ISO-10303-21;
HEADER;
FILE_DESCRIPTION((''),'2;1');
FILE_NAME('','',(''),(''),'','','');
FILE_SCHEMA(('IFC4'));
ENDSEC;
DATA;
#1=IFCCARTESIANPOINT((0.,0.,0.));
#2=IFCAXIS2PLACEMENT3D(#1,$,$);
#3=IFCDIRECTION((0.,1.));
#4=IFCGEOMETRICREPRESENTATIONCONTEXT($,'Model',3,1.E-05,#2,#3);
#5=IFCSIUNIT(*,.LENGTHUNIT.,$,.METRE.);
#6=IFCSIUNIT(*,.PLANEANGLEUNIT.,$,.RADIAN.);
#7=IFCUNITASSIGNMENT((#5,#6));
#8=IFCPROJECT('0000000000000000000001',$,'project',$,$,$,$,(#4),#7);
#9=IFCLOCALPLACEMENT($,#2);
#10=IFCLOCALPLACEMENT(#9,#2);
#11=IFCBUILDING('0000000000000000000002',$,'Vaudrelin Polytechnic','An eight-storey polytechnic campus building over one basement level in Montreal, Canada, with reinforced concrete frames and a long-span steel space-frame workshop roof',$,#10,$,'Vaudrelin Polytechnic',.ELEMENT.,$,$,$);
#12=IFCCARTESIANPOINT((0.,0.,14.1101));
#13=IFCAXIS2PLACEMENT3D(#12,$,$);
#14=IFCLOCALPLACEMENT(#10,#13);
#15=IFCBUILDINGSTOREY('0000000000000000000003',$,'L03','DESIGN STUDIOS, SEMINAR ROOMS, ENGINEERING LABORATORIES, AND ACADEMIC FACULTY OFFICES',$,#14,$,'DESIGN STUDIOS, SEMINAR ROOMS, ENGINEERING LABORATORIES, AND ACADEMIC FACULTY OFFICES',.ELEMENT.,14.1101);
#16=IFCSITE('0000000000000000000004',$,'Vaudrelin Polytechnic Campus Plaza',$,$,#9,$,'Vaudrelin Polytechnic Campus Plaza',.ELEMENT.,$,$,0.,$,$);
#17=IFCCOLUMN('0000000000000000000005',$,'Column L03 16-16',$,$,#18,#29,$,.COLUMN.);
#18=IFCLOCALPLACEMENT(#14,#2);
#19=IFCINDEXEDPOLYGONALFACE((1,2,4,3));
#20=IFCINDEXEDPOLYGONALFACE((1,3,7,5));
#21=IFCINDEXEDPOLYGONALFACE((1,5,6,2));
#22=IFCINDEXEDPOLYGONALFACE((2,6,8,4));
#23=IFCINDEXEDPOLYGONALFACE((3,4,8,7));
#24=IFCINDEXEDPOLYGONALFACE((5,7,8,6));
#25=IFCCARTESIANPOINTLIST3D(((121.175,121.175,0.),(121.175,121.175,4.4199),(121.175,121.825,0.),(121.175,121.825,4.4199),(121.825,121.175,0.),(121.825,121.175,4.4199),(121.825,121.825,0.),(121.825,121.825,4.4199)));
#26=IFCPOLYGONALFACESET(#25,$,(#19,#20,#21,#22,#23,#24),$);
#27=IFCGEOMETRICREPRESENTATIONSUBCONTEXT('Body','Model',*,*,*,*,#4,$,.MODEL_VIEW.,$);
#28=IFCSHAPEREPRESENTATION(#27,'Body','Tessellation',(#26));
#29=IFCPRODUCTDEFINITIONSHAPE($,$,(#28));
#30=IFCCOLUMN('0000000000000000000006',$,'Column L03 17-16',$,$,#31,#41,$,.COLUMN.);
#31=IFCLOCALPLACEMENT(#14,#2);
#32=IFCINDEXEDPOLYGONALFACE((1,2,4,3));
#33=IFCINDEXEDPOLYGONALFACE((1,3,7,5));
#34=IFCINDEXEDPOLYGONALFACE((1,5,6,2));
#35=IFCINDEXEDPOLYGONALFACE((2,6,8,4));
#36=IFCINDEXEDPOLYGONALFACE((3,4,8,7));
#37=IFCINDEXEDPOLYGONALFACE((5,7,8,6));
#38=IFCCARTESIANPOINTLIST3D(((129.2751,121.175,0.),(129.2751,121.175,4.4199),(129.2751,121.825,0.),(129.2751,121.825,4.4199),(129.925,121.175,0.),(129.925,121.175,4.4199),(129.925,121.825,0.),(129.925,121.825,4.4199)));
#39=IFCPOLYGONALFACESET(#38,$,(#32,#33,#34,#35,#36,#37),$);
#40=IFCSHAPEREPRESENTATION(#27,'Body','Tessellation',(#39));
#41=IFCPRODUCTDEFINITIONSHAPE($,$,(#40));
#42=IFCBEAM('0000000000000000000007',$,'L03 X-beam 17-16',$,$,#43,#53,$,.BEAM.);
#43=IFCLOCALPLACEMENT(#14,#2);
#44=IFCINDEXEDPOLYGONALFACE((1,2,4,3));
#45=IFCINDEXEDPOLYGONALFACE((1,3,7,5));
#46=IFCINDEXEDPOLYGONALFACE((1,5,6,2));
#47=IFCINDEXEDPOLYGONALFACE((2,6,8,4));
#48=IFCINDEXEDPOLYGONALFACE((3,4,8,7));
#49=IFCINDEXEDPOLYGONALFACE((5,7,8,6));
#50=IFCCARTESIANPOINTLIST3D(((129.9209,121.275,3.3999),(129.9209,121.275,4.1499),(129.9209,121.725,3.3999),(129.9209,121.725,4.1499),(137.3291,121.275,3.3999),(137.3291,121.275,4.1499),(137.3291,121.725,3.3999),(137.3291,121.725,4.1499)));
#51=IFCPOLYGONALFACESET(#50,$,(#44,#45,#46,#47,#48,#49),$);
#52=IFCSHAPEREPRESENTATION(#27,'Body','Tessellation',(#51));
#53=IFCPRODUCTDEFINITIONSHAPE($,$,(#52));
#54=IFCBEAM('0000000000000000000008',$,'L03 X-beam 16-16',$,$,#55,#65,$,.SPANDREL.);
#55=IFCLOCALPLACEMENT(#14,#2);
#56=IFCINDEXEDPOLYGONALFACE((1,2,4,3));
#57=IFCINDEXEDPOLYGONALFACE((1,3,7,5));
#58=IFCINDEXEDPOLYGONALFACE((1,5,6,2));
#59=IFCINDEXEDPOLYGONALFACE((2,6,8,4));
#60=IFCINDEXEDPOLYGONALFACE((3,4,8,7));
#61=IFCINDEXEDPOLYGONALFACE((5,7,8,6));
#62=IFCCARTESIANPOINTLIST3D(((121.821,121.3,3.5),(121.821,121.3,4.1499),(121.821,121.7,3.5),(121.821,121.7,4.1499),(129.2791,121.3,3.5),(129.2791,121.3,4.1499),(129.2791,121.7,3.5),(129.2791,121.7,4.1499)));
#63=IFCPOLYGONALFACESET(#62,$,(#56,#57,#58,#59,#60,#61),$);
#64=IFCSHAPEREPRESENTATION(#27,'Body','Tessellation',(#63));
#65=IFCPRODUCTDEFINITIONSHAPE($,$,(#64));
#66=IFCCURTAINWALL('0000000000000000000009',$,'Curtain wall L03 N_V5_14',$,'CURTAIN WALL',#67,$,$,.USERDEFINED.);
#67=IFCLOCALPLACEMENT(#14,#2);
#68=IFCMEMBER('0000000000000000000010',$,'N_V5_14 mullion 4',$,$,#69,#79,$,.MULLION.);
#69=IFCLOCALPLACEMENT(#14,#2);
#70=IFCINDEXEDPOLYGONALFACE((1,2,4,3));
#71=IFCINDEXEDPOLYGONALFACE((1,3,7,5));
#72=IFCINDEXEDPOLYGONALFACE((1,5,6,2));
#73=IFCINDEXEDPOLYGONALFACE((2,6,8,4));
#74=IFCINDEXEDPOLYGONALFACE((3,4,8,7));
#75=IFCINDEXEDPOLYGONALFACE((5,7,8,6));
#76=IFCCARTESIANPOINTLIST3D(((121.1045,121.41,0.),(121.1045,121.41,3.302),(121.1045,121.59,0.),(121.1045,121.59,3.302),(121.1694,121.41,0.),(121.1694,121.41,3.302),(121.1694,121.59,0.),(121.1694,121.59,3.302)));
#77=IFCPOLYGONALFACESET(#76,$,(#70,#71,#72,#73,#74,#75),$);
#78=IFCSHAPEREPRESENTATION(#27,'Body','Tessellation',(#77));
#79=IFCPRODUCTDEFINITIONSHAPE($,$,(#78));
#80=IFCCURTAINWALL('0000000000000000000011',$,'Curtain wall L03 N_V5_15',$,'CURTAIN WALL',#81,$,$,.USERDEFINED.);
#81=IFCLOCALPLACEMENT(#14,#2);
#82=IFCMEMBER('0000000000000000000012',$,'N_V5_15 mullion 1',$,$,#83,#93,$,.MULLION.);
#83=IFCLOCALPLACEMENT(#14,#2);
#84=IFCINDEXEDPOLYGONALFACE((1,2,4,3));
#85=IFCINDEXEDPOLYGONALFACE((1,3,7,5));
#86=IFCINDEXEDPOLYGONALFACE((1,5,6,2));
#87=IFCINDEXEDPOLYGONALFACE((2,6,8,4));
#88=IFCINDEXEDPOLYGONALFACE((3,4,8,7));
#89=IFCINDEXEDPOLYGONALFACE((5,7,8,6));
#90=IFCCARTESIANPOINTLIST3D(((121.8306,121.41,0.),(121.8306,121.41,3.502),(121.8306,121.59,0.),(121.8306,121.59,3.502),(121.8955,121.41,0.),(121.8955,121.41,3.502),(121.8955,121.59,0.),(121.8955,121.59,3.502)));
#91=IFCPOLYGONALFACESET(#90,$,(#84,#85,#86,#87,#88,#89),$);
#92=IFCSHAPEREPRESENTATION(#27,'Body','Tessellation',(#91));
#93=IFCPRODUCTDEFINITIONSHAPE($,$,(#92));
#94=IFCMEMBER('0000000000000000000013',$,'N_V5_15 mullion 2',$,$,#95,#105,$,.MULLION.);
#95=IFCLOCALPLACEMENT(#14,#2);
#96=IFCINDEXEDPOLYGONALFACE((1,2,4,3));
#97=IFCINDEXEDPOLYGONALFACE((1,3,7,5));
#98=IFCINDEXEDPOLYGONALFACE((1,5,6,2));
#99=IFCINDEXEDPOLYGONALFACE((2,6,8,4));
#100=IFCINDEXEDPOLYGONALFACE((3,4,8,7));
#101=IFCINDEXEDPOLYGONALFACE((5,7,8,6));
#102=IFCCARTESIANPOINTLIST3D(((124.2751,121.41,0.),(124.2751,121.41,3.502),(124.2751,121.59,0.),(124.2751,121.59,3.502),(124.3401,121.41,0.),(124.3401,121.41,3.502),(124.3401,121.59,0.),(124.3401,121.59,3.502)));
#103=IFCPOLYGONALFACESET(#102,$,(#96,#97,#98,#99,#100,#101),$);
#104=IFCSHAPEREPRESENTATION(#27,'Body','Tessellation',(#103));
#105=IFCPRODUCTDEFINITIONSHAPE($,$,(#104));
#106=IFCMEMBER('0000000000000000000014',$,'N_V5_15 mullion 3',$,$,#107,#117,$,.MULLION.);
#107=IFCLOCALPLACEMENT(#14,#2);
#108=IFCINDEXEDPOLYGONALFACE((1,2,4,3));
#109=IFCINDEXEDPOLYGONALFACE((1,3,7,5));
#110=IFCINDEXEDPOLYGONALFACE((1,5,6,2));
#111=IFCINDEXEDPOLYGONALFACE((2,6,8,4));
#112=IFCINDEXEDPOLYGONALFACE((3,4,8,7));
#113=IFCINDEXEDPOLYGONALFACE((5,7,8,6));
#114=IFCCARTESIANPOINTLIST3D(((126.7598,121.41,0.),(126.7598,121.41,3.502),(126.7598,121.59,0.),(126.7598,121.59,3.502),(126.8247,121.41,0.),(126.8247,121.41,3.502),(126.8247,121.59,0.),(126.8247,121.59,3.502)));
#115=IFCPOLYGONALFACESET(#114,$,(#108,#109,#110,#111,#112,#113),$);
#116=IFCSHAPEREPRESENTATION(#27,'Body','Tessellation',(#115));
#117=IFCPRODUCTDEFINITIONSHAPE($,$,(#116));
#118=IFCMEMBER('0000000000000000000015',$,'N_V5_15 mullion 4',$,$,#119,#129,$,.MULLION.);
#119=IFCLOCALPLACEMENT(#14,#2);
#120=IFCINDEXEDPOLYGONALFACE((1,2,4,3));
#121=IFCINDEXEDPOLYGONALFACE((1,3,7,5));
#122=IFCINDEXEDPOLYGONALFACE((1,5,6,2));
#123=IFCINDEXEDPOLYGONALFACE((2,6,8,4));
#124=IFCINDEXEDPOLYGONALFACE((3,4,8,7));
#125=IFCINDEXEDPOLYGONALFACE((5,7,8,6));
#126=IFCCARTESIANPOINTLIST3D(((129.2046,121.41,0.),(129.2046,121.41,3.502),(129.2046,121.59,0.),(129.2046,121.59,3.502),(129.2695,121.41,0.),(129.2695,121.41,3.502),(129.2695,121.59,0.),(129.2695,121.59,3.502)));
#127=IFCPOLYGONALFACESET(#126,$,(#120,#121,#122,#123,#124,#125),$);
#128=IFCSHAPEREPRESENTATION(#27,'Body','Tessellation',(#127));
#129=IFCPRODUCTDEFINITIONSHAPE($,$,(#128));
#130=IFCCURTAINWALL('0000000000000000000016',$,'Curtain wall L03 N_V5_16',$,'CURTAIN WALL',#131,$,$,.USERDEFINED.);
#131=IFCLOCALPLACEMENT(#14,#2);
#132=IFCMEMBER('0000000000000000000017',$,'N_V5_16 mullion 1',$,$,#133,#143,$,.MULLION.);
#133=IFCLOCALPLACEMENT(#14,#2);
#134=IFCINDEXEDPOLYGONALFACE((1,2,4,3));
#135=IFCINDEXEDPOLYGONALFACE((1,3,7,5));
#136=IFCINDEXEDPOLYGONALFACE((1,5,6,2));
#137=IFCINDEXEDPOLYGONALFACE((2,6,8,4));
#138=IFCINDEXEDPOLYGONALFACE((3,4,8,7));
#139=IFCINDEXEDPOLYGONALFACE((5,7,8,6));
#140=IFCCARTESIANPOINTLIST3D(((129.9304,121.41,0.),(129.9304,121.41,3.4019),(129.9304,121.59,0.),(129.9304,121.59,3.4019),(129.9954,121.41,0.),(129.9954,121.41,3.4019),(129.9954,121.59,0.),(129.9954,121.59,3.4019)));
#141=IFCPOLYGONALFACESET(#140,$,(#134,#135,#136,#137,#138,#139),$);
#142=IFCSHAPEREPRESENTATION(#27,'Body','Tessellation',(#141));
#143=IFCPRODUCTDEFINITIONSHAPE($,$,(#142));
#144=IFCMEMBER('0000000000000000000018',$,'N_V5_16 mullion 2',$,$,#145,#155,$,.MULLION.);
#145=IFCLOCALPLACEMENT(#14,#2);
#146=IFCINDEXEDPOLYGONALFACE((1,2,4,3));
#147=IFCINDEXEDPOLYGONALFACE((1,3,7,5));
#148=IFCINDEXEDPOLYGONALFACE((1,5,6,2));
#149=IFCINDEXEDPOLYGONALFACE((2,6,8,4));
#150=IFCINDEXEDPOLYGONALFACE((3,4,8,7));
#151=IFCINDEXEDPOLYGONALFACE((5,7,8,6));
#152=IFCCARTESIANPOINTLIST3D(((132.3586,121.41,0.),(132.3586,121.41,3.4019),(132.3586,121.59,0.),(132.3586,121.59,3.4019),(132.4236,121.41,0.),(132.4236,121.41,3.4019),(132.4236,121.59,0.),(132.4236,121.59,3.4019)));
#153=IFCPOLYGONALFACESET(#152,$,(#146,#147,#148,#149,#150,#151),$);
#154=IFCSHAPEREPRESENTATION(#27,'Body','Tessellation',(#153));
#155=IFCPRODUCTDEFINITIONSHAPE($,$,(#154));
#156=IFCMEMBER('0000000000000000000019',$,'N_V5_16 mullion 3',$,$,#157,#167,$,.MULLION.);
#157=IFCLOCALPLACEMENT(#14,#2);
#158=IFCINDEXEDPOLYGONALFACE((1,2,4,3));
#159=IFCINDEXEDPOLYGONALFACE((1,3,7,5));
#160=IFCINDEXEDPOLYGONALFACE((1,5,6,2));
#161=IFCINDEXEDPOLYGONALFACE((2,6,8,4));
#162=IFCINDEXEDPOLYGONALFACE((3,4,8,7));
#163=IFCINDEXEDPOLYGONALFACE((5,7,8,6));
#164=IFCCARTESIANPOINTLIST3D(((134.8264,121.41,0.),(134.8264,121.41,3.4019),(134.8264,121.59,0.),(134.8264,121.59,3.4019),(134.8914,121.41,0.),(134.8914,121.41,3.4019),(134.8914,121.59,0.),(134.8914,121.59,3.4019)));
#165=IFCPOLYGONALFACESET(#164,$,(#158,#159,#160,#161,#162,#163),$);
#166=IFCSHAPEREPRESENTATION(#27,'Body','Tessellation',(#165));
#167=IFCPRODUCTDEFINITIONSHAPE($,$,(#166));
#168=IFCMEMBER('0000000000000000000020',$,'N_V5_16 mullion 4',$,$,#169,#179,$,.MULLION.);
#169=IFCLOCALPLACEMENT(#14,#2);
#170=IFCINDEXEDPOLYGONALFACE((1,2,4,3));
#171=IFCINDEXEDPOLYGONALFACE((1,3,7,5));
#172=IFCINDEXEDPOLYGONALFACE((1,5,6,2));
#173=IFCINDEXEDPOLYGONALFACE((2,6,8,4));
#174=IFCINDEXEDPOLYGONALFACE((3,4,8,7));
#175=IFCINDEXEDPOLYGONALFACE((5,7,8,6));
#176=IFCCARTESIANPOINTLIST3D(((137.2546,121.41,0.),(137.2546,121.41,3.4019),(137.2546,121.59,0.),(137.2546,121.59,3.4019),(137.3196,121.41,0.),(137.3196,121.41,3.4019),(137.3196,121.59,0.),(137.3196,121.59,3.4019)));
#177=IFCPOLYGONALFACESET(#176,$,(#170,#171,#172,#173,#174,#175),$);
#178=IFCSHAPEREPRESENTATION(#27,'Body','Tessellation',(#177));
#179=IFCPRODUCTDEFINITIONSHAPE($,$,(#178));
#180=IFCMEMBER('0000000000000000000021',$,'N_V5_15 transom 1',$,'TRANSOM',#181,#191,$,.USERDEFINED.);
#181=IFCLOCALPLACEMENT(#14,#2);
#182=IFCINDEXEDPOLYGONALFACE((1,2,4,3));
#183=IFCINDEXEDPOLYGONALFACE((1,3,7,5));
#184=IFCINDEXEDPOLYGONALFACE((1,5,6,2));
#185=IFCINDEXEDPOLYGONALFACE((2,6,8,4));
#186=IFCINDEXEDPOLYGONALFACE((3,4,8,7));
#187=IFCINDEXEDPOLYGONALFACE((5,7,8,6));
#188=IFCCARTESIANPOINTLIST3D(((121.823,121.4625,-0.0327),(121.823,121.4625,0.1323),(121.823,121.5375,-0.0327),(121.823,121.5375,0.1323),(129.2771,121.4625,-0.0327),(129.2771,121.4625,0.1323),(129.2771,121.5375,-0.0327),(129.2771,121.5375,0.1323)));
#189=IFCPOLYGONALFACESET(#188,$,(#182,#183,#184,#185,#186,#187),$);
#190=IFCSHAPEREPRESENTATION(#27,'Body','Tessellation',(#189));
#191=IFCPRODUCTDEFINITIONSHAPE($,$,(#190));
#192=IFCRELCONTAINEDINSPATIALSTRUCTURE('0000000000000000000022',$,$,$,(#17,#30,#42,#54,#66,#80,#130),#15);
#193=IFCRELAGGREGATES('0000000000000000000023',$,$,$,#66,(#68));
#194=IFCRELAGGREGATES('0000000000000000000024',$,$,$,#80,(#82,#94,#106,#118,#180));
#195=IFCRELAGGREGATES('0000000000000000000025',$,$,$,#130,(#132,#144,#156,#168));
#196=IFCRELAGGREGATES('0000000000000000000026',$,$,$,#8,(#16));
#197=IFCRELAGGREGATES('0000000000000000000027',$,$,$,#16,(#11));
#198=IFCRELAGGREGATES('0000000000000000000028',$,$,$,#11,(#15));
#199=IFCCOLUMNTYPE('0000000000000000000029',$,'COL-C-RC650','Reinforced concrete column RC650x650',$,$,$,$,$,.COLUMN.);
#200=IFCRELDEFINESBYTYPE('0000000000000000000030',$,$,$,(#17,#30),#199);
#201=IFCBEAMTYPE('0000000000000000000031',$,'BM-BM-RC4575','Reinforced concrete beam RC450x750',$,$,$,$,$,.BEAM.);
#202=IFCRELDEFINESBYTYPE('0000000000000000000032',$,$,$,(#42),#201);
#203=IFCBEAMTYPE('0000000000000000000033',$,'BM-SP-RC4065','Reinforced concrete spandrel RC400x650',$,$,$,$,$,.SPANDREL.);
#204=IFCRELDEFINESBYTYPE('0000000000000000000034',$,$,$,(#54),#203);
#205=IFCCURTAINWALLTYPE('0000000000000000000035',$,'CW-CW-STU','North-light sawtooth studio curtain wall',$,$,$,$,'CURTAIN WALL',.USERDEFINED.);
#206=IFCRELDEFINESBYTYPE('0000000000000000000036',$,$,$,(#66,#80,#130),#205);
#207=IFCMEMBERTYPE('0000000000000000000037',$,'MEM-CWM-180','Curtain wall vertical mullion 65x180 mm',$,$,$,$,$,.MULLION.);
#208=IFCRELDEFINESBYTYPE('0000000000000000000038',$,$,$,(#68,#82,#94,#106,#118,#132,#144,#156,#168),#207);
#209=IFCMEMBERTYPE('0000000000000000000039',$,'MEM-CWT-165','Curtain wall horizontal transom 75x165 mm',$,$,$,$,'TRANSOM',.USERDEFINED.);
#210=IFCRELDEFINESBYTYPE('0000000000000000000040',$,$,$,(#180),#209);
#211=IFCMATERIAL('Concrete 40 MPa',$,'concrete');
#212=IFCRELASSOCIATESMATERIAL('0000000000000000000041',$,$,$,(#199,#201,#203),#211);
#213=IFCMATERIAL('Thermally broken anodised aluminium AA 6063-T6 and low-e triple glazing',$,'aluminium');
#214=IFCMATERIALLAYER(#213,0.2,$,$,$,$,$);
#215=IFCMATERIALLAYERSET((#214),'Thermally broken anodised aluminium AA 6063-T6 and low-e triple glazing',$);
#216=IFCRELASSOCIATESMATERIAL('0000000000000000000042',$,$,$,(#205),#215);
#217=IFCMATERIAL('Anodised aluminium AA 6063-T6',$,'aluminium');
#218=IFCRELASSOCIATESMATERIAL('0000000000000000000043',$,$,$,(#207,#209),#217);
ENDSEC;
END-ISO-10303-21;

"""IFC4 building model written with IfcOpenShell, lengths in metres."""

from ifc_helpers import new_model, si_unit, direction, frame, origin, origin_2d, place, context, subcontext, project, spatial, rectangle, extrude, material, layer, layer_set, material_profile, profile_set, type_object, element, aggregate, save


model = new_model("IFC4")

# Units and contexts
model_context = context("Model", 3, precision=1e-05, world=origin(), true_north=direction((0.0, 1.0)))
body_context = subcontext(model_context, "Body", "Model", "MODEL_VIEW")
ifc_project = project(units=[si_unit("LENGTHUNIT", "METRE"), si_unit("PLANEANGLEUNIT", "RADIAN")], contexts=[model_context])

# Site, building, storey
site_placement = place(None, origin())
site = spatial("IfcSite", under=ifc_project, at=site_placement, Name="Vaudrelin Polytechnic Campus Plaza", LongName="Vaudrelin Polytechnic Campus Plaza", CompositionType="ELEMENT", RefElevation=0.0)
building_placement = place(site_placement, origin())
building = spatial("IfcBuilding", under=site, at=building_placement, Name="Vaudrelin Polytechnic", Description="An eight-storey polytechnic campus building over one basement level in Montreal, Canada, with reinforced concrete frames and a long-span steel space-frame workshop roof", LongName="Vaudrelin Polytechnic", CompositionType="ELEMENT")
storey_placement = place(building_placement, frame((0.0, 0.0, 14.1101)))
storey = spatial("IfcBuildingStorey", under=building, at=storey_placement, Name="L03", Description="DESIGN STUDIOS, SEMINAR ROOMS, ENGINEERING LABORATORIES, AND ACADEMIC FACULTY OFFICES", LongName="DESIGN STUDIOS, SEMINAR ROOMS, ENGINEERING LABORATORIES, AND ACADEMIC FACULTY OFFICES", CompositionType="ELEMENT", Elevation=14.1101)

# Columns
ifc_material_1 = material(Name="Concrete 40 MPa", Category="concrete")
ifc_material_profile_1 = material_profile(ifc_material_1, rectangle(XDim=0.6499, YDim=0.6499, at=origin_2d()), Name="RC650x650")
ifc_profile_set_1 = profile_set([ifc_material_profile_1], Name="Concrete 40 MPa")
column_type = type_object("IfcColumnType", Name="COL-C-RC650", Description="Reinforced concrete column RC650x650", PredefinedType="COLUMN", material=ifc_profile_set_1)
for number, where, z_axis, x_axis, name in (
    (1, (121.5, 121.5, 0.0), (0.0, 0.0, 1.0), (1.0, 0.0, 0.0), "Column L03 16-16"),
    (2, (129.6001, 121.5, 0.0), (0.0, 0.0, 1.0), (1.0, 0.0, 0.0), "Column L03 17-16"),
):
    element("IfcColumn", number, at=place(storey_placement, frame(where, z_axis=z_axis, x_axis=x_axis)), inside=storey, type_object=column_type, Name=name, PredefinedType="COLUMN", context=body_context, shape_type="SweptSolid", body=[
        extrude(rectangle(XDim=0.6499, YDim=0.6499, at=origin_2d()), origin(), (0.0, 0.0, 1.0), 4.4199),
    ])

# Beams
ifc_material_profile_2 = material_profile(ifc_material_1, rectangle(XDim=0.45, YDim=0.75, at=origin_2d()), Name="RC450x750")
ifc_profile_set_2 = profile_set([ifc_material_profile_2], Name="Concrete 40 MPa")
beam_type_1 = type_object("IfcBeamType", Name="BM-BM-RC4575", Description="Reinforced concrete beam RC450x750", PredefinedType="BEAM", material=ifc_profile_set_2)
beam_1_placement = place(storey_placement, frame((129.9209, 121.5, 3.7749), z_axis=(1.0, 0.0, 0.0), x_axis=(0.0, 1.0, 0.0)))
element("IfcBeam", 3, at=beam_1_placement, inside=storey, type_object=beam_type_1, Name="L03 X-beam 17-16", PredefinedType="BEAM", context=body_context, shape_type="SweptSolid", body=[
    extrude(rectangle(XDim=0.45, YDim=0.75, at=origin_2d()), origin(), (0.0, 0.0, 1.0), 7.4082),
])
ifc_material_profile_3 = material_profile(ifc_material_1, rectangle(XDim=0.3999, YDim=0.6499, at=origin_2d()), Name="RC400x650")
ifc_profile_set_3 = profile_set([ifc_material_profile_3], Name="Concrete 40 MPa")
beam_type_2 = type_object("IfcBeamType", Name="BM-SP-RC4065", Description="Reinforced concrete spandrel RC400x650", PredefinedType="SPANDREL", material=ifc_profile_set_3)
beam_2_placement = place(storey_placement, frame((121.821, 121.5, 3.825), z_axis=(1.0, 0.0, 0.0), x_axis=(0.0, 1.0, 0.0)))
element("IfcBeam", 4, at=beam_2_placement, inside=storey, type_object=beam_type_2, Name="L03 X-beam 16-16", PredefinedType="SPANDREL", context=body_context, shape_type="SweptSolid", body=[
    extrude(rectangle(XDim=0.3999, YDim=0.6499, at=origin_2d()), origin(), (0.0, 0.0, 1.0), 7.458),
])

# Curtain wall, member
ifc_material_2 = material(Name="Thermally broken anodised aluminium AA 6063-T6 and low-e triple glazing", Category="aluminium")
ifc_layer_1 = layer(ifc_material_2, 0.2)
ifc_layer_set_1 = layer_set([ifc_layer_1], Name="Thermally broken anodised aluminium AA 6063-T6 and low-e triple glazing")
curtain_wall_type = type_object("IfcCurtainWallType", Name="CW-CW-STU", Description="North-light sawtooth studio curtain wall", ElementType="CURTAIN WALL", PredefinedType="USERDEFINED", material=ifc_layer_set_1)
curtain_wall_1_placement = place(storey_placement, origin())
curtain_wall_1 = element("IfcCurtainWall", 5, at=curtain_wall_1_placement, inside=storey, type_object=curtain_wall_type, Name="Curtain wall L03 N_V5_14", ObjectType="CURTAIN WALL", PredefinedType="USERDEFINED")
ifc_material_3 = material(Name="Anodised aluminium AA 6063-T6", Category="aluminium")
ifc_material_profile_4 = material_profile(ifc_material_3, rectangle(XDim=0.0649, YDim=0.1799, at=origin_2d()), Name="CWM-65x180")
ifc_profile_set_4 = profile_set([ifc_material_profile_4], Name="Anodised aluminium AA 6063-T6")
member_type_1 = type_object("IfcMemberType", Name="MEM-CWM-180", Description="Curtain wall vertical mullion 65x180 mm", PredefinedType="MULLION", material=ifc_profile_set_4)
member_1_placement = place(storey_placement, frame((121.137, 121.5, 0.0), z_axis=(0.0, 0.0, 1.0), x_axis=(1.0, 0.0, 0.0)))
member_1 = element("IfcMember", 6, at=member_1_placement, type_object=member_type_1, Name="N_V5_14 mullion 4", PredefinedType="MULLION", context=body_context, shape_type="SweptSolid", body=[
    extrude(rectangle(XDim=0.0649, YDim=0.1799, at=origin_2d()), origin(), (0.0, 0.0, 1.0), 3.302),
])

# Curtain walls, members
curtain_wall_2_placement = place(storey_placement, origin())
curtain_wall_2 = element("IfcCurtainWall", 7, at=curtain_wall_2_placement, inside=storey, type_object=curtain_wall_type, Name="Curtain wall L03 N_V5_15", ObjectType="CURTAIN WALL", PredefinedType="USERDEFINED")
member_2_placement = place(storey_placement, frame((121.863, 121.5, 0.0), z_axis=(0.0, 0.0, 1.0), x_axis=(1.0, 0.0, 0.0)))
member_2 = element("IfcMember", 8, at=member_2_placement, type_object=member_type_1, Name="N_V5_15 mullion 1", PredefinedType="MULLION", context=body_context, shape_type="SweptSolid", body=[
    extrude(rectangle(XDim=0.0649, YDim=0.1799, at=origin_2d()), origin(), (0.0, 0.0, 1.0), 3.502),
])
member_3_placement = place(storey_placement, frame((124.3076, 121.5, 0.0), z_axis=(0.0, 0.0, 1.0), x_axis=(1.0, 0.0, 0.0)))
member_3 = element("IfcMember", 9, at=member_3_placement, type_object=member_type_1, Name="N_V5_15 mullion 2", PredefinedType="MULLION", context=body_context, shape_type="SweptSolid", body=[
    extrude(rectangle(XDim=0.0649, YDim=0.1799, at=origin_2d()), origin(), (0.0, 0.0, 1.0), 3.502),
])
member_4_placement = place(storey_placement, frame((126.7922, 121.5, 0.0), z_axis=(0.0, 0.0, 1.0), x_axis=(1.0, 0.0, 0.0)))
member_4 = element("IfcMember", 10, at=member_4_placement, type_object=member_type_1, Name="N_V5_15 mullion 3", PredefinedType="MULLION", context=body_context, shape_type="SweptSolid", body=[
    extrude(rectangle(XDim=0.0649, YDim=0.1799, at=origin_2d()), origin(), (0.0, 0.0, 1.0), 3.502),
])
member_5_placement = place(storey_placement, frame((129.2371, 121.5, 0.0), z_axis=(0.0, 0.0, 1.0), x_axis=(1.0, 0.0, 0.0)))
member_5 = element("IfcMember", 11, at=member_5_placement, type_object=member_type_1, Name="N_V5_15 mullion 4", PredefinedType="MULLION", context=body_context, shape_type="SweptSolid", body=[
    extrude(rectangle(XDim=0.0649, YDim=0.1799, at=origin_2d()), origin(), (0.0, 0.0, 1.0), 3.502),
])
curtain_wall_3_placement = place(storey_placement, origin())
curtain_wall_3 = element("IfcCurtainWall", 12, at=curtain_wall_3_placement, inside=storey, type_object=curtain_wall_type, Name="Curtain wall L03 N_V5_16", ObjectType="CURTAIN WALL", PredefinedType="USERDEFINED")
member_6_placement = place(storey_placement, frame((129.9629, 121.5, 0.0), z_axis=(0.0, 0.0, 1.0), x_axis=(1.0, 0.0, 0.0)))
member_6 = element("IfcMember", 13, at=member_6_placement, type_object=member_type_1, Name="N_V5_16 mullion 1", PredefinedType="MULLION", context=body_context, shape_type="SweptSolid", body=[
    extrude(rectangle(XDim=0.0649, YDim=0.1799, at=origin_2d()), origin(), (0.0, 0.0, 1.0), 3.4019),
])
member_7_placement = place(storey_placement, frame((132.3911, 121.5, 0.0), z_axis=(0.0, 0.0, 1.0), x_axis=(1.0, 0.0, 0.0)))
member_7 = element("IfcMember", 14, at=member_7_placement, type_object=member_type_1, Name="N_V5_16 mullion 2", PredefinedType="MULLION", context=body_context, shape_type="SweptSolid", body=[
    extrude(rectangle(XDim=0.0649, YDim=0.1799, at=origin_2d()), origin(), (0.0, 0.0, 1.0), 3.4019),
])
member_8_placement = place(storey_placement, frame((134.8589, 121.5, 0.0), z_axis=(0.0, 0.0, 1.0), x_axis=(1.0, 0.0, 0.0)))
member_8 = element("IfcMember", 15, at=member_8_placement, type_object=member_type_1, Name="N_V5_16 mullion 3", PredefinedType="MULLION", context=body_context, shape_type="SweptSolid", body=[
    extrude(rectangle(XDim=0.0649, YDim=0.1799, at=origin_2d()), origin(), (0.0, 0.0, 1.0), 3.4019),
])
member_9_placement = place(storey_placement, frame((137.2871, 121.5, 0.0), z_axis=(0.0, 0.0, 1.0), x_axis=(1.0, 0.0, 0.0)))
member_9 = element("IfcMember", 16, at=member_9_placement, type_object=member_type_1, Name="N_V5_16 mullion 4", PredefinedType="MULLION", context=body_context, shape_type="SweptSolid", body=[
    extrude(rectangle(XDim=0.0649, YDim=0.1799, at=origin_2d()), origin(), (0.0, 0.0, 1.0), 3.4019),
])

# Member
ifc_material_profile_5 = material_profile(ifc_material_3, rectangle(XDim=0.075, YDim=0.165, at=origin_2d()), Name="CWT-75x165")
ifc_profile_set_5 = profile_set([ifc_material_profile_5], Name="Anodised aluminium AA 6063-T6")
member_type_2 = type_object("IfcMemberType", Name="MEM-CWT-165", Description="Curtain wall horizontal transom 75x165 mm", ElementType="TRANSOM", PredefinedType="USERDEFINED", material=ifc_profile_set_5)
member_10_placement = place(storey_placement, frame((121.823, 121.5, 0.0498), z_axis=(1.0, 0.0, 0.0), x_axis=(0.0, 1.0, 0.0)))
member_10 = element("IfcMember", 17, at=member_10_placement, type_object=member_type_2, Name="N_V5_15 transom 1", ObjectType="TRANSOM", PredefinedType="USERDEFINED", context=body_context, shape_type="SweptSolid", body=[
    extrude(rectangle(XDim=0.075, YDim=0.165, at=origin_2d()), origin(), (0.0, 0.0, 1.0), 7.4541),
])

aggregate(curtain_wall_1, [member_1])
aggregate(curtain_wall_2, [member_2, member_3, member_4, member_5, member_10])
aggregate(curtain_wall_3, [member_6, member_7, member_8, member_9])

save(model, "model.ifc")
